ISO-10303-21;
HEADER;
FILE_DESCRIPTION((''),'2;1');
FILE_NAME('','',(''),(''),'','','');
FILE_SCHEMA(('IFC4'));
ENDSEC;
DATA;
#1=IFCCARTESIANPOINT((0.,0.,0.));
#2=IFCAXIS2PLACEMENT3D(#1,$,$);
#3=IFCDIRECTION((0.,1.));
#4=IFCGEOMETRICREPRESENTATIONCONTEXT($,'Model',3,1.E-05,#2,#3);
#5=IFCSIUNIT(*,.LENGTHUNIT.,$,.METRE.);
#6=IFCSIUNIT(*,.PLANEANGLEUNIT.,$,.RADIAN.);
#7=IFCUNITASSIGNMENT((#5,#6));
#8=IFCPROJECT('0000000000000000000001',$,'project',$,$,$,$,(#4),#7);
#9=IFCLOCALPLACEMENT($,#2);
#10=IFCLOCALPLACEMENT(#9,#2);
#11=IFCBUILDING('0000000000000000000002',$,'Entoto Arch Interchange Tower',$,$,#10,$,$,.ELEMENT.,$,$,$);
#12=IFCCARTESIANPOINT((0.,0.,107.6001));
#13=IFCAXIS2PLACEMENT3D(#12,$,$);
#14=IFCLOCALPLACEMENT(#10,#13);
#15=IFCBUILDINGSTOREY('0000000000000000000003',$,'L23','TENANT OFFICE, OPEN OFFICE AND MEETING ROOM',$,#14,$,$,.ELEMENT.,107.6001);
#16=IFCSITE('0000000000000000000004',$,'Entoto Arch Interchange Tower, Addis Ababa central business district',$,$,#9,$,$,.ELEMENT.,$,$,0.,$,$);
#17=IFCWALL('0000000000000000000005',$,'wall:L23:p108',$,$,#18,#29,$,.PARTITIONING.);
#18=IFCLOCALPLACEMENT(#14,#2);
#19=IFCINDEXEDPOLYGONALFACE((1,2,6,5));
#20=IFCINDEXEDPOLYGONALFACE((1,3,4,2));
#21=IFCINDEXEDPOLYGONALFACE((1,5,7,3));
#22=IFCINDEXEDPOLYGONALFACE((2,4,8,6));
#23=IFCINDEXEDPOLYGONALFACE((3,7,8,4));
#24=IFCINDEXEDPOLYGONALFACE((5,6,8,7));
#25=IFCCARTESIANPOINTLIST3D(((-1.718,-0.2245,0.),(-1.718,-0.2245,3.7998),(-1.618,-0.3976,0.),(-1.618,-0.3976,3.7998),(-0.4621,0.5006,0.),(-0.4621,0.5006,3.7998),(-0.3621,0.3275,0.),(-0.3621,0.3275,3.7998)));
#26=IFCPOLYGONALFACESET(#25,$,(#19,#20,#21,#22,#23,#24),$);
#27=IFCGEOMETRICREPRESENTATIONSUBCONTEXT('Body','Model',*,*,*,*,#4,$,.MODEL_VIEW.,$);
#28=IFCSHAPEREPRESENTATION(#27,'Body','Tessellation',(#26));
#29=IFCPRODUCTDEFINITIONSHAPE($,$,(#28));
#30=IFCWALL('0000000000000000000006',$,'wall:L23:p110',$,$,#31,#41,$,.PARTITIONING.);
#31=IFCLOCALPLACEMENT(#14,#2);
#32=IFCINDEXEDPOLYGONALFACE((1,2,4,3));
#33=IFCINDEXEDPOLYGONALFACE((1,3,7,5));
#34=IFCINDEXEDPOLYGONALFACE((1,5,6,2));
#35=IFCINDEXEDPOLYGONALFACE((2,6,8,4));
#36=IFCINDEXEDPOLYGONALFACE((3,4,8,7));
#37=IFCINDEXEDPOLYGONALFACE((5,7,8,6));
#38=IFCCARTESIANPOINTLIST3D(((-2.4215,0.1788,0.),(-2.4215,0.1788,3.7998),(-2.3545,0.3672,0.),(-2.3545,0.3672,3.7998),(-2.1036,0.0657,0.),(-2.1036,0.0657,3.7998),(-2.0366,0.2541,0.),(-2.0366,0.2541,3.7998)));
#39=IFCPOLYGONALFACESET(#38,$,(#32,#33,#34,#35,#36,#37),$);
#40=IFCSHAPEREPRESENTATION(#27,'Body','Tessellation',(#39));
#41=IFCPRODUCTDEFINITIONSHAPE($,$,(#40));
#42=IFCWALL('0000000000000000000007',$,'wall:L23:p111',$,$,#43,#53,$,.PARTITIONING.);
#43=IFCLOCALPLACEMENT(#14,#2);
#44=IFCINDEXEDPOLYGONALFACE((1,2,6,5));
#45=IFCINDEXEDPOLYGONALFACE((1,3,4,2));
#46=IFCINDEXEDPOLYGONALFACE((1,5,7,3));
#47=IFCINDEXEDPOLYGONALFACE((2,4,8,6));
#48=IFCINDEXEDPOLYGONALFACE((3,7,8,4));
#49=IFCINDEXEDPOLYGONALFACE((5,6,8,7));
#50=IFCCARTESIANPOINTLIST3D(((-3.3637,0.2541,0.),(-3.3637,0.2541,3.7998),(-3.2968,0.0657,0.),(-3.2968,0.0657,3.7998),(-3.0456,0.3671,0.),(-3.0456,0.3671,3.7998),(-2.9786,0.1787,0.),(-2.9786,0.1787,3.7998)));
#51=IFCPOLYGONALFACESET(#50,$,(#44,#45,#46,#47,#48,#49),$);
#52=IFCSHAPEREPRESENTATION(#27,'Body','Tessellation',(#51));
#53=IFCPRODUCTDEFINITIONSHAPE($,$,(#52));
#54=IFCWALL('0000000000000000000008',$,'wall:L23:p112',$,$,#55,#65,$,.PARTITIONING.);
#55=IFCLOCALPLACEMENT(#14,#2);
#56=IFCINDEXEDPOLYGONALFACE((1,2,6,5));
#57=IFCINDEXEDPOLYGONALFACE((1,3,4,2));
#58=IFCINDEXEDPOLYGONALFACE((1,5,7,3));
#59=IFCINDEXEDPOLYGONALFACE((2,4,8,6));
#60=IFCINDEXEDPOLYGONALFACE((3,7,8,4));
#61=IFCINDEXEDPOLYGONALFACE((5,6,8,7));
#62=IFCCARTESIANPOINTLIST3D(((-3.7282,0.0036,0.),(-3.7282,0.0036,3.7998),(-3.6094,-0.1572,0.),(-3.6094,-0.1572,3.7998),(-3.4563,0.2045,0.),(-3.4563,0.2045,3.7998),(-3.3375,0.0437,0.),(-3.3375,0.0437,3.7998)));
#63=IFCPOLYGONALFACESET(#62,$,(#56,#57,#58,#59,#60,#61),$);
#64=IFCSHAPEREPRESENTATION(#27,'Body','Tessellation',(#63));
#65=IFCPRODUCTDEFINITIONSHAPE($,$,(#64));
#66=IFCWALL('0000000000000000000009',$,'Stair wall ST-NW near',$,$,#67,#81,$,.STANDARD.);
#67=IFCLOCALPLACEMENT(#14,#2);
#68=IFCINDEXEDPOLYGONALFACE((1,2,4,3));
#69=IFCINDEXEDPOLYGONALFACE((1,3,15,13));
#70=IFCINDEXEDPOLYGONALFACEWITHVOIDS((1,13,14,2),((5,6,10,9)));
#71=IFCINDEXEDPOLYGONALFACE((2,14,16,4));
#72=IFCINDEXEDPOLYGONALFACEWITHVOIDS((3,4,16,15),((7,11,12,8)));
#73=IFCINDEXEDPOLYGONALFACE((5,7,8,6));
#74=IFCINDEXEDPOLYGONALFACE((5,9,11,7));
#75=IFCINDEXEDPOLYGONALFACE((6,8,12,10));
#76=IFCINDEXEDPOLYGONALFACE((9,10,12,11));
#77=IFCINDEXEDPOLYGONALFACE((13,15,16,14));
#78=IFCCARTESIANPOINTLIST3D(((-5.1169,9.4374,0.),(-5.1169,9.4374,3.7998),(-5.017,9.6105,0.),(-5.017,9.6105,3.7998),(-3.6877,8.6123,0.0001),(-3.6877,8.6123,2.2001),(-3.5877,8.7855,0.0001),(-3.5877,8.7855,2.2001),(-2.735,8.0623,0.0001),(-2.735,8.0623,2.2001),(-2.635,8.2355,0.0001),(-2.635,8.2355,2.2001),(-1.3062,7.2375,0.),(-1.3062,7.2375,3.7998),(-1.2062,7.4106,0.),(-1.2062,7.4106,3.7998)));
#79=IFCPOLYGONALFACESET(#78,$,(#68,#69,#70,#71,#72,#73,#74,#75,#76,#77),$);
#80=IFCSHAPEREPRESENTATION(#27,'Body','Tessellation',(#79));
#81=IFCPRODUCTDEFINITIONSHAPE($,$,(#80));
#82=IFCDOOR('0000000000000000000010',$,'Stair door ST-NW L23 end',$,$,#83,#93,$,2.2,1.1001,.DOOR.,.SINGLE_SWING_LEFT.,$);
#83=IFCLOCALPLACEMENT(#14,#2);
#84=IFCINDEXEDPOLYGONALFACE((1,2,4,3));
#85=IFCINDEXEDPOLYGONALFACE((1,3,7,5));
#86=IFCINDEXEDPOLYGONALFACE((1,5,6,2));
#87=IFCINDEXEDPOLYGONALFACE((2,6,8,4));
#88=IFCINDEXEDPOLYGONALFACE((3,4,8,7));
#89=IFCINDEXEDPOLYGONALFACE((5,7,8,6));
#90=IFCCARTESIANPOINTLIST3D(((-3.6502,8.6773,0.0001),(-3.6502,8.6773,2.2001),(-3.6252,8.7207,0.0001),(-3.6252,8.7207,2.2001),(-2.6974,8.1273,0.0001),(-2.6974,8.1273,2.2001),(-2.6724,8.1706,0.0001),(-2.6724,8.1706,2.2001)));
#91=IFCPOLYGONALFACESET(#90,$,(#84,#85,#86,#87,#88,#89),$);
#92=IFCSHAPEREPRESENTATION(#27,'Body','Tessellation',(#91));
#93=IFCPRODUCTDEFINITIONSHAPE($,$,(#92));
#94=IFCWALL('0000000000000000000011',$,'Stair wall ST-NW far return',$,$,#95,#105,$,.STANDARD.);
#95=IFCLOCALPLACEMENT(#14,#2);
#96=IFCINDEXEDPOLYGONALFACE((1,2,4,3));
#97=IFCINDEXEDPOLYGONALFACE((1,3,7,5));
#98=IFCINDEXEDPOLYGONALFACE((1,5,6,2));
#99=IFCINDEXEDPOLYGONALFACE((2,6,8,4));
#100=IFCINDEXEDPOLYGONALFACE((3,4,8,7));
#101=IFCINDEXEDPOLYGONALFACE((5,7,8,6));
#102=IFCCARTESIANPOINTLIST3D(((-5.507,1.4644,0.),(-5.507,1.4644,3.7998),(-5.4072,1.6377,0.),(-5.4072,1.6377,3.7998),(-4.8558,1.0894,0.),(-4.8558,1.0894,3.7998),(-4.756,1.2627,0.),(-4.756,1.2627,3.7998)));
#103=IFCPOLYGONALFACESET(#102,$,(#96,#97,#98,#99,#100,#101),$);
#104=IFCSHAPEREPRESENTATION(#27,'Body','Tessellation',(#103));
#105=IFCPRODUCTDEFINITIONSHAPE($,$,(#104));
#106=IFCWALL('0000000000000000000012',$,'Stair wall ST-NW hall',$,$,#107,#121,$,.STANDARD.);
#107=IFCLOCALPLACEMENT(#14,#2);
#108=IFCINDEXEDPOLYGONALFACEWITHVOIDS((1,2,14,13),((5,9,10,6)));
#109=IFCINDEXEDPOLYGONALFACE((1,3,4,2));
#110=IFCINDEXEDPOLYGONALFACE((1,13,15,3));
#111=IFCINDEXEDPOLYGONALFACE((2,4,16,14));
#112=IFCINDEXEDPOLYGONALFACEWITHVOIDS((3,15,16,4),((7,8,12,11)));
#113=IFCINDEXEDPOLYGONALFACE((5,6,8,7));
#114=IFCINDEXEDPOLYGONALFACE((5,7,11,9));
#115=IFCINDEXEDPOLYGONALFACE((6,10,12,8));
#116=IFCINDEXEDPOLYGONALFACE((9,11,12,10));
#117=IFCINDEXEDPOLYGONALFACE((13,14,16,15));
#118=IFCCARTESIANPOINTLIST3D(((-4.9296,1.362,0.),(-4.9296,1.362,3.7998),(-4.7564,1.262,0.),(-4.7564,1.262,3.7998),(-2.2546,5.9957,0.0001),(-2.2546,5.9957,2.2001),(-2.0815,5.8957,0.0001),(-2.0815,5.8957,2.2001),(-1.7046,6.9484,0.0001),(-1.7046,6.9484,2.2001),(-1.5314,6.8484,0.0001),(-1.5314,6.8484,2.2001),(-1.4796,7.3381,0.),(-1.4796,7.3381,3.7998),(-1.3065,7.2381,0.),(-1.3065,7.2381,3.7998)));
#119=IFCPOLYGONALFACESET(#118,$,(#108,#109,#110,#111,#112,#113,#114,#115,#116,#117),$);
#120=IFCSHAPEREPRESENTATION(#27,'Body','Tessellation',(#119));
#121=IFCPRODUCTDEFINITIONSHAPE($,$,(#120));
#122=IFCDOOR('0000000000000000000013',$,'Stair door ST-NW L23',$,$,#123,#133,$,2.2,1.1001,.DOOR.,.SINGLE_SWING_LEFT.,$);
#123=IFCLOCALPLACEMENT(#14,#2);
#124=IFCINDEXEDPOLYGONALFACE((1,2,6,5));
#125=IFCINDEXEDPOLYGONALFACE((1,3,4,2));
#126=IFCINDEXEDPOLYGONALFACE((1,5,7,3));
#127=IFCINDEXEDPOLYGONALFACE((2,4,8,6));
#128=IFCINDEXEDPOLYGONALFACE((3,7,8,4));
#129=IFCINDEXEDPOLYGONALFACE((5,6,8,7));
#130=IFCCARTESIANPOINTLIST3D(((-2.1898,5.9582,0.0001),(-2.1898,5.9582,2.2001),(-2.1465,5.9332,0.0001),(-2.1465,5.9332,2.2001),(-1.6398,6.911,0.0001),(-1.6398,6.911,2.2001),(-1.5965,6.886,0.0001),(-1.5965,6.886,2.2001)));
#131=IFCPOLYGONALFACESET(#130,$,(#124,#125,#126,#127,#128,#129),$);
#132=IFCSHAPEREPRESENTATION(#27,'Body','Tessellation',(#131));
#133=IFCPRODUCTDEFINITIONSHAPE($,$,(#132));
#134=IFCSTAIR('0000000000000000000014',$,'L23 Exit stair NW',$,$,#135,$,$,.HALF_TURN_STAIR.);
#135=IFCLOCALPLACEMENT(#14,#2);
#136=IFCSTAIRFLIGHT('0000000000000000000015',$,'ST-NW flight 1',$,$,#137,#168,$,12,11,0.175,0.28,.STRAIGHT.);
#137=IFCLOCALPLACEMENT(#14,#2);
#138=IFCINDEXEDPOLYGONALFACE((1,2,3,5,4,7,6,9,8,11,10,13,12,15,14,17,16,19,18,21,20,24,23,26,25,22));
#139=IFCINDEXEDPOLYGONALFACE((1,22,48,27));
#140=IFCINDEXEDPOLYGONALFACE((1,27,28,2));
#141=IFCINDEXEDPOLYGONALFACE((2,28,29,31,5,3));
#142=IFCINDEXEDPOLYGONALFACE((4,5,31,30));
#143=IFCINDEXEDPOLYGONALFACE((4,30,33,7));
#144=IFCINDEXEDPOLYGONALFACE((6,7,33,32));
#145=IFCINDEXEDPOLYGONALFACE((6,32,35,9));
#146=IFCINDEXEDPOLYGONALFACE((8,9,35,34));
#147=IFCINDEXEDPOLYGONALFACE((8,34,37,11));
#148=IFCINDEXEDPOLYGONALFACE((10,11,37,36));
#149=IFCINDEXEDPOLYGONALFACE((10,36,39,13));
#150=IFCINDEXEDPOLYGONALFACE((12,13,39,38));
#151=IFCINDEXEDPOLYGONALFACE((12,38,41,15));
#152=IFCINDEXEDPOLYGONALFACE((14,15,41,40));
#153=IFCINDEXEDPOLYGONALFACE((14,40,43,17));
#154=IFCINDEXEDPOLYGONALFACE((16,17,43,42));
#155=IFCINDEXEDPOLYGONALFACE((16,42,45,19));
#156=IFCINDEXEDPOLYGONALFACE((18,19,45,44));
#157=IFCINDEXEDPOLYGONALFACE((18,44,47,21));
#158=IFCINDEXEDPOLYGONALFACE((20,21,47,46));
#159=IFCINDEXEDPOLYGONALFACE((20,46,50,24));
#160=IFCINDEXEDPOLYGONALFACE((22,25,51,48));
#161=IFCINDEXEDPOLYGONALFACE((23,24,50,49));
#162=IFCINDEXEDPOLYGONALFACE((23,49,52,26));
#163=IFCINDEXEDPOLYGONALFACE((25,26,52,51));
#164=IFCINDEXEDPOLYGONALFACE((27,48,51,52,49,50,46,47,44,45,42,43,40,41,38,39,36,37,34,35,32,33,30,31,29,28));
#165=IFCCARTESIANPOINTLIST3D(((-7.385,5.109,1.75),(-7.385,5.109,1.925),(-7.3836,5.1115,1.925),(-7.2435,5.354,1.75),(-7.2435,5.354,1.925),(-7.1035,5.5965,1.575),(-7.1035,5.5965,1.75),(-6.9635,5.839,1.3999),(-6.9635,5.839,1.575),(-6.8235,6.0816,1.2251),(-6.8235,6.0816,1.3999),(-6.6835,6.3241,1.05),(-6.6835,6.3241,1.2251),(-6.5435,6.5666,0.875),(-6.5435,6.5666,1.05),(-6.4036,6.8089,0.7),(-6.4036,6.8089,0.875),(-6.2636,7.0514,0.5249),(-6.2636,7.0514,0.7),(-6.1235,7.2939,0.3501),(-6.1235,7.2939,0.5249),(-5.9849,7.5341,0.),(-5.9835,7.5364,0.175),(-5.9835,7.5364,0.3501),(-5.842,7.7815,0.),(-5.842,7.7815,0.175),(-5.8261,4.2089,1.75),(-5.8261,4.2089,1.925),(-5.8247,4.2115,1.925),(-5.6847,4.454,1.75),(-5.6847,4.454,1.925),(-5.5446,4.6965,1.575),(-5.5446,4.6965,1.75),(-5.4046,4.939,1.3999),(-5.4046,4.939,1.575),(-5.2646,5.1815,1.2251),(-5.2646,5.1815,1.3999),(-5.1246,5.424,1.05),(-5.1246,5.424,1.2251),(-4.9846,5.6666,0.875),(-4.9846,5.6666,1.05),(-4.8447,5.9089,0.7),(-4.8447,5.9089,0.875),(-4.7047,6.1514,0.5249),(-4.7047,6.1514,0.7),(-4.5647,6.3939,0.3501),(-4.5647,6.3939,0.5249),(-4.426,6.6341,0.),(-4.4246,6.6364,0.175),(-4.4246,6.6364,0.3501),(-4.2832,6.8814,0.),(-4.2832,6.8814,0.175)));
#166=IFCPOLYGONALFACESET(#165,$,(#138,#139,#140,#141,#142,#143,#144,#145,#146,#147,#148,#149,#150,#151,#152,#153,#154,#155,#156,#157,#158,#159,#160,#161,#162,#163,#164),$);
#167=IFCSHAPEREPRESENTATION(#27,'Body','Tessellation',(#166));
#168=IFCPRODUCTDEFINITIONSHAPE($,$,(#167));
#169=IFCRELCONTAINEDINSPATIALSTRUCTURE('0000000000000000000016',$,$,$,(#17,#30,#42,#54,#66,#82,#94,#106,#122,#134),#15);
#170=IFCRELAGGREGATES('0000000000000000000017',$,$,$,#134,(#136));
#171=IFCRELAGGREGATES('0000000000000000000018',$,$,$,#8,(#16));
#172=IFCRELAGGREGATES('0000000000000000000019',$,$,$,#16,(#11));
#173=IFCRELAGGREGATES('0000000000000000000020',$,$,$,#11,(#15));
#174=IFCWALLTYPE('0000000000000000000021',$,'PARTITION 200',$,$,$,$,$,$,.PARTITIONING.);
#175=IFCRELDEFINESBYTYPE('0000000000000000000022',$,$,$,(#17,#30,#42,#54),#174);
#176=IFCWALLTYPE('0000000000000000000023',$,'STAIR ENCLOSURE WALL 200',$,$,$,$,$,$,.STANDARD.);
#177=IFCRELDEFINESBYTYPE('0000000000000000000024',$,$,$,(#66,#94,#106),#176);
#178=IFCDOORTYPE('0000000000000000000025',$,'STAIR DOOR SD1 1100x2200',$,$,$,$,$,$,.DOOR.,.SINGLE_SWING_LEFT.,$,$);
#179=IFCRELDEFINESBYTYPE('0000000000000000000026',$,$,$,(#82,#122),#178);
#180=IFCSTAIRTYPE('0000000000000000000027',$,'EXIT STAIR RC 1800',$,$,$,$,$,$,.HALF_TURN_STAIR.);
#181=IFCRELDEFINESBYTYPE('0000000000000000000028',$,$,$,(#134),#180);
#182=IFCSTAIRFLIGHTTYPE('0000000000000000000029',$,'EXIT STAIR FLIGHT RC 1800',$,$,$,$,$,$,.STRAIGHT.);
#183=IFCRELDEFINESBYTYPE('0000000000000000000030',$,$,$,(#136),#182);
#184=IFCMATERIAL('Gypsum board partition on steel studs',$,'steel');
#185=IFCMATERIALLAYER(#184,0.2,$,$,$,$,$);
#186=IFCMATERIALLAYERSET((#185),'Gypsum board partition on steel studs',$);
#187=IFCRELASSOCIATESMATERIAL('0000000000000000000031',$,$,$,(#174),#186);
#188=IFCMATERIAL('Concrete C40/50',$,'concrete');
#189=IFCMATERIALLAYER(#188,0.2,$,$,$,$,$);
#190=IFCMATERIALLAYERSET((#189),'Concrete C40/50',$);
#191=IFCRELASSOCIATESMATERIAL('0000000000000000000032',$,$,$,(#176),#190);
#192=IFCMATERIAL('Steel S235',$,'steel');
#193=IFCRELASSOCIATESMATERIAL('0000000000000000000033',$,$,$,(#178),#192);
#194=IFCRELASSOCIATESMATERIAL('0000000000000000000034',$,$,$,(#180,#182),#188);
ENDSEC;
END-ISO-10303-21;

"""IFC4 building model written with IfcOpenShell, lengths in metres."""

from ifc_helpers import new_model, si_unit, direction, frame, frame_2d, origin, place, context, subcontext, project, spatial, polyline, rectangle, outline, extrude, material, layer, layer_set, type_object, element, fill, aggregate, save


model = new_model("IFC4")

# Units and contexts
model_context = context("Model", 3, precision=1e-05, world=origin(), true_north=direction((0.0, 1.0)))
body_context = subcontext(model_context, "Body", "Model", "MODEL_VIEW")
ifc_project = project(units=[si_unit("LENGTHUNIT", "METRE"), si_unit("PLANEANGLEUNIT", "RADIAN")], contexts=[model_context])

# Site, building, storey
site_placement = place(None, origin())
site = spatial("IfcSite", under=ifc_project, at=site_placement, Name="Entoto Arch Interchange Tower, Addis Ababa central business district", CompositionType="ELEMENT", RefElevation=0.0)
building_placement = place(site_placement, origin())
building = spatial("IfcBuilding", under=site, at=building_placement, Name="Entoto Arch Interchange Tower", CompositionType="ELEMENT")
storey_placement = place(building_placement, frame((0.0, 0.0, 107.6001)))
storey = spatial("IfcBuildingStorey", under=building, at=storey_placement, Name="L23", Description="TENANT OFFICE, OPEN OFFICE AND MEETING ROOM", CompositionType="ELEMENT", Elevation=107.6001)

# Shared definitions
ifc_material_1 = material(Name="Gypsum board partition on steel studs", Category="steel")
ifc_layer_1 = layer(ifc_material_1, 0.2)
ifc_layer_set_1 = layer_set([ifc_layer_1], Name="Gypsum board partition on steel studs")
wall_type_1 = type_object("IfcWallType", Name="PARTITION 200", PredefinedType="PARTITIONING", material=ifc_layer_set_1)

# Walls
wall_1_placement = place(storey_placement, frame((-0.4121, 0.4141, 0.0), z_axis=(0.0, 0.0, 1.0), x_axis=(-0.866017, -0.500014, 0.0)))
element("IfcWall", 1, at=wall_1_placement, inside=storey, type_object=wall_type_1, Name="wall:L23:p108", PredefinedType="PARTITIONING", context=body_context, shape_type="SweptSolid", body=[
    extrude(rectangle(XDim=1.4502, YDim=0.2, at=frame_2d((0.7251, 0.0))), origin(), (0.0, 0.0, 1.0), 3.7998),
])
wall_2_placement = place(storey_placement, frame((-2.0701, 0.1599, 0.0), z_axis=(0.0, 0.0, 1.0), x_axis=(-0.942199, 0.335052, 0.0)))
element("IfcWall", 2, at=wall_2_placement, inside=storey, type_object=wall_type_1, Name="wall:L23:p110", PredefinedType="PARTITIONING", context=body_context, shape_type="SweptSolid", body=[
    extrude(rectangle(XDim=0.3374, YDim=0.2, at=frame_2d((0.1687, 0.0))), origin(), (0.0, 0.0, 1.0), 3.7998),
])
wall_3_placement = place(storey_placement, frame((-3.012, 0.2729, 0.0), z_axis=(0.0, 0.0, 1.0), x_axis=(-0.942281, -0.334824, 0.0)))
element("IfcWall", 3, at=wall_3_placement, inside=storey, type_object=wall_type_1, Name="wall:L23:p111", PredefinedType="PARTITIONING", context=body_context, shape_type="SweptSolid", body=[
    extrude(rectangle(XDim=0.3376, YDim=0.2, at=frame_2d((0.1689, 0.0))), origin(), (0.0, 0.0, 1.0), 3.7998),
])
wall_4_placement = place(storey_placement, frame((-3.397, 0.124, 0.0), z_axis=(0.0, 0.0, 1.0), x_axis=(-0.804311, -0.594208, 0.0)))
element("IfcWall", 4, at=wall_4_placement, inside=storey, type_object=wall_type_1, Name="wall:L23:p112", PredefinedType="PARTITIONING", context=body_context, shape_type="SweptSolid", body=[
    extrude(rectangle(XDim=0.3381, YDim=0.2, at=frame_2d((0.1689, 0.0))), origin(), (0.0, 0.0, 1.0), 3.7998),
])

# Wall, opening, door
ifc_material_2 = material(Name="Concrete C40/50", Category="concrete")
ifc_layer_2 = layer(ifc_material_2, 0.2)
ifc_layer_set_2 = layer_set([ifc_layer_2], Name="Concrete C40/50")
wall_type_2 = type_object("IfcWallType", Name="STAIR ENCLOSURE WALL 200", PredefinedType="STANDARD", material=ifc_layer_set_2)
wall_5_placement = place(storey_placement, frame((-1.2561, 7.324, 0.0), z_axis=(0.0, 0.0, 1.0), x_axis=(-0.866046, 0.499964, 0.0)))
wall_5 = element("IfcWall", 5, at=wall_5_placement, inside=storey, type_object=wall_type_2, Name="Stair wall ST-NW near", PredefinedType="STANDARD", context=body_context, shape_type="SweptSolid", body=[
    extrude(rectangle(XDim=4.4001, YDim=0.2, at=frame_2d((2.2002, 0.0))), origin(), (0.0, 0.0, 1.0), 3.7998),
])
opening_1_placement = place(wall_5_placement, frame((1.6499, 0.0, 0.0)))
opening_1 = element("IfcOpeningElement", 6, at=opening_1_placement, cuts=wall_5, PredefinedType="OPENING", context=body_context, shape_type="SweptSolid", body=[
    extrude(rectangle(XDim=1.1001, YDim=2.2, at=frame_2d((0.55, 1.1001))), frame((0.0, 0.1099, 0.0), z_axis=(0.0, -1.0, 0.0), x_axis=(1.0, 0.0, 0.0)), (0.0, 0.0, 1.0), 0.22),
])
ifc_material_3 = material(Name="Steel S235", Category="steel")
door_type_1 = type_object("IfcDoorType", Name="STAIR DOOR SD1 1100x2200", OperationType="SINGLE_SWING_LEFT", PredefinedType="DOOR", material=ifc_material_3)
door_1_placement = place(opening_1_placement, origin())
door_1 = element("IfcDoor", 7, at=door_1_placement, inside=storey, type_object=door_type_1, Name="Stair door ST-NW L23 end", OperationType="SINGLE_SWING_LEFT", OverallHeight=2.2, OverallWidth=1.1001, PredefinedType="DOOR", context=body_context, shape_type="SweptSolid", body=[
    extrude(rectangle(XDim=1.1001, YDim=2.2, at=frame_2d((0.55, 1.1001))), frame((0.0, 0.0249, 0.0), z_axis=(0.0, -1.0, 0.0), x_axis=(1.0, 0.0, 0.0)), (0.0, 0.0, 1.0), 0.05),
])
fill(opening_1, door_1)

# Wall
wall_6_placement = place(storey_placement, frame((-4.8059, 1.176, 0.0), z_axis=(0.0, 0.0, 1.0), x_axis=(-0.866559, 0.499075, 0.0)))
element("IfcWall", 8, at=wall_6_placement, inside=storey, type_object=wall_type_2, Name="Stair wall ST-NW far return", PredefinedType="STANDARD", context=body_context, shape_type="SweptSolid", body=[
    extrude(rectangle(XDim=0.7515, YDim=0.2, at=frame_2d((0.3757, 0.0))), origin(), (0.0, 0.0, 1.0), 3.7998),
])

# Wall, opening, door
wall_7_placement = place(storey_placement, frame((-1.3931, 7.2881, 0.0), z_axis=(0.0, 0.0, 1.0), x_axis=(-0.499963, -0.866047, 0.0)))
wall_7 = element("IfcWall", 9, at=wall_7_placement, inside=storey, type_object=wall_type_2, Name="Stair wall ST-NW hall", PredefinedType="STANDARD", context=body_context, shape_type="SweptSolid", body=[
    extrude(rectangle(XDim=6.9004, YDim=0.2, at=frame_2d((3.4502, 0.0))), origin(), (0.0, 0.0, 1.0), 3.7998),
])
opening_2_placement = place(wall_7_placement, frame((0.45, 0.0, 0.0)))
opening_2 = element("IfcOpeningElement", 10, at=opening_2_placement, cuts=wall_7, PredefinedType="OPENING", context=body_context, shape_type="SweptSolid", body=[
    extrude(rectangle(XDim=1.1001, YDim=2.2, at=frame_2d((0.55, 1.1001))), frame((0.0, 0.1099, 0.0), z_axis=(0.0, -1.0, 0.0), x_axis=(1.0, 0.0, 0.0)), (0.0, 0.0, 1.0), 0.22),
])
door_2_placement = place(opening_2_placement, origin())
door_2 = element("IfcDoor", 11, at=door_2_placement, inside=storey, type_object=door_type_1, Name="Stair door ST-NW L23", OperationType="SINGLE_SWING_LEFT", OverallHeight=2.2, OverallWidth=1.1001, PredefinedType="DOOR", context=body_context, shape_type="SweptSolid", body=[
    extrude(rectangle(XDim=1.1001, YDim=2.2, at=frame_2d((0.55, 1.1001))), frame((0.0, 0.0249, 0.0), z_axis=(0.0, -1.0, 0.0), x_axis=(1.0, 0.0, 0.0)), (0.0, 0.0, 1.0), 0.05),
])
fill(opening_2, door_2)

# Stair, stair flight
stair_type = type_object("IfcStairType", Name="EXIT STAIR RC 1800", PredefinedType="HALF_TURN_STAIR", material=ifc_material_2)
stair_placement = place(storey_placement, origin())
stair = element("IfcStair", 12, at=stair_placement, inside=storey, type_object=stair_type, Name="L23 Exit stair NW", PredefinedType="HALF_TURN_STAIR")
stair_flight_type = type_object("IfcStairFlightType", Name="EXIT STAIR FLIGHT RC 1800", PredefinedType="STRAIGHT", material=ifc_material_2)
stair_flight_1_placement = place(storey_placement, frame((-5.064, 7.3289, 0.0), z_axis=(0.0, 0.0, 1.0), x_axis=(-0.5, -0.866025, 0.0)))
stair_flight_1 = element("IfcStairFlight", 13, at=stair_flight_1_placement, type_object=stair_flight_type, Name="ST-NW flight 1", NumberOfRisers=12, NumberOfTreads=11, PredefinedType="STRAIGHT", RiserHeight=0.175, TreadLength=0.28, context=body_context, shape_type="SweptSolid", body=[
    extrude(outline(polyline([(-0.0029, 0.0), (-0.0029, 0.175), (0.28, 0.175), (0.28, 0.3501), (0.5601, 0.3501), (0.5601, 0.5249), (0.8401, 0.5249), (0.8401, 0.7), (1.1201, 0.7), (1.1201, 0.875), (1.3999, 0.875), (1.3999, 1.05), (1.6799, 1.05), (1.6799, 1.2251), (1.96, 1.2251), (1.96, 1.3999), (2.24, 1.3999), (2.24, 1.575), (2.52, 1.575), (2.52, 1.75), (2.8, 1.75), (2.8, 1.925), (3.0801, 1.925), (3.083, 1.925), (3.083, 1.75), (0.2827, 0.0), (-0.0029, 0.0)])), frame((0.0, 0.8999, 0.0), z_axis=(0.0, -1.0, 0.0), x_axis=(1.0, 0.0, 0.0)), (0.0, 0.0, 1.0), 1.8),
])
aggregate(stair, [stair_flight_1])

save(model, "model.ifc")
